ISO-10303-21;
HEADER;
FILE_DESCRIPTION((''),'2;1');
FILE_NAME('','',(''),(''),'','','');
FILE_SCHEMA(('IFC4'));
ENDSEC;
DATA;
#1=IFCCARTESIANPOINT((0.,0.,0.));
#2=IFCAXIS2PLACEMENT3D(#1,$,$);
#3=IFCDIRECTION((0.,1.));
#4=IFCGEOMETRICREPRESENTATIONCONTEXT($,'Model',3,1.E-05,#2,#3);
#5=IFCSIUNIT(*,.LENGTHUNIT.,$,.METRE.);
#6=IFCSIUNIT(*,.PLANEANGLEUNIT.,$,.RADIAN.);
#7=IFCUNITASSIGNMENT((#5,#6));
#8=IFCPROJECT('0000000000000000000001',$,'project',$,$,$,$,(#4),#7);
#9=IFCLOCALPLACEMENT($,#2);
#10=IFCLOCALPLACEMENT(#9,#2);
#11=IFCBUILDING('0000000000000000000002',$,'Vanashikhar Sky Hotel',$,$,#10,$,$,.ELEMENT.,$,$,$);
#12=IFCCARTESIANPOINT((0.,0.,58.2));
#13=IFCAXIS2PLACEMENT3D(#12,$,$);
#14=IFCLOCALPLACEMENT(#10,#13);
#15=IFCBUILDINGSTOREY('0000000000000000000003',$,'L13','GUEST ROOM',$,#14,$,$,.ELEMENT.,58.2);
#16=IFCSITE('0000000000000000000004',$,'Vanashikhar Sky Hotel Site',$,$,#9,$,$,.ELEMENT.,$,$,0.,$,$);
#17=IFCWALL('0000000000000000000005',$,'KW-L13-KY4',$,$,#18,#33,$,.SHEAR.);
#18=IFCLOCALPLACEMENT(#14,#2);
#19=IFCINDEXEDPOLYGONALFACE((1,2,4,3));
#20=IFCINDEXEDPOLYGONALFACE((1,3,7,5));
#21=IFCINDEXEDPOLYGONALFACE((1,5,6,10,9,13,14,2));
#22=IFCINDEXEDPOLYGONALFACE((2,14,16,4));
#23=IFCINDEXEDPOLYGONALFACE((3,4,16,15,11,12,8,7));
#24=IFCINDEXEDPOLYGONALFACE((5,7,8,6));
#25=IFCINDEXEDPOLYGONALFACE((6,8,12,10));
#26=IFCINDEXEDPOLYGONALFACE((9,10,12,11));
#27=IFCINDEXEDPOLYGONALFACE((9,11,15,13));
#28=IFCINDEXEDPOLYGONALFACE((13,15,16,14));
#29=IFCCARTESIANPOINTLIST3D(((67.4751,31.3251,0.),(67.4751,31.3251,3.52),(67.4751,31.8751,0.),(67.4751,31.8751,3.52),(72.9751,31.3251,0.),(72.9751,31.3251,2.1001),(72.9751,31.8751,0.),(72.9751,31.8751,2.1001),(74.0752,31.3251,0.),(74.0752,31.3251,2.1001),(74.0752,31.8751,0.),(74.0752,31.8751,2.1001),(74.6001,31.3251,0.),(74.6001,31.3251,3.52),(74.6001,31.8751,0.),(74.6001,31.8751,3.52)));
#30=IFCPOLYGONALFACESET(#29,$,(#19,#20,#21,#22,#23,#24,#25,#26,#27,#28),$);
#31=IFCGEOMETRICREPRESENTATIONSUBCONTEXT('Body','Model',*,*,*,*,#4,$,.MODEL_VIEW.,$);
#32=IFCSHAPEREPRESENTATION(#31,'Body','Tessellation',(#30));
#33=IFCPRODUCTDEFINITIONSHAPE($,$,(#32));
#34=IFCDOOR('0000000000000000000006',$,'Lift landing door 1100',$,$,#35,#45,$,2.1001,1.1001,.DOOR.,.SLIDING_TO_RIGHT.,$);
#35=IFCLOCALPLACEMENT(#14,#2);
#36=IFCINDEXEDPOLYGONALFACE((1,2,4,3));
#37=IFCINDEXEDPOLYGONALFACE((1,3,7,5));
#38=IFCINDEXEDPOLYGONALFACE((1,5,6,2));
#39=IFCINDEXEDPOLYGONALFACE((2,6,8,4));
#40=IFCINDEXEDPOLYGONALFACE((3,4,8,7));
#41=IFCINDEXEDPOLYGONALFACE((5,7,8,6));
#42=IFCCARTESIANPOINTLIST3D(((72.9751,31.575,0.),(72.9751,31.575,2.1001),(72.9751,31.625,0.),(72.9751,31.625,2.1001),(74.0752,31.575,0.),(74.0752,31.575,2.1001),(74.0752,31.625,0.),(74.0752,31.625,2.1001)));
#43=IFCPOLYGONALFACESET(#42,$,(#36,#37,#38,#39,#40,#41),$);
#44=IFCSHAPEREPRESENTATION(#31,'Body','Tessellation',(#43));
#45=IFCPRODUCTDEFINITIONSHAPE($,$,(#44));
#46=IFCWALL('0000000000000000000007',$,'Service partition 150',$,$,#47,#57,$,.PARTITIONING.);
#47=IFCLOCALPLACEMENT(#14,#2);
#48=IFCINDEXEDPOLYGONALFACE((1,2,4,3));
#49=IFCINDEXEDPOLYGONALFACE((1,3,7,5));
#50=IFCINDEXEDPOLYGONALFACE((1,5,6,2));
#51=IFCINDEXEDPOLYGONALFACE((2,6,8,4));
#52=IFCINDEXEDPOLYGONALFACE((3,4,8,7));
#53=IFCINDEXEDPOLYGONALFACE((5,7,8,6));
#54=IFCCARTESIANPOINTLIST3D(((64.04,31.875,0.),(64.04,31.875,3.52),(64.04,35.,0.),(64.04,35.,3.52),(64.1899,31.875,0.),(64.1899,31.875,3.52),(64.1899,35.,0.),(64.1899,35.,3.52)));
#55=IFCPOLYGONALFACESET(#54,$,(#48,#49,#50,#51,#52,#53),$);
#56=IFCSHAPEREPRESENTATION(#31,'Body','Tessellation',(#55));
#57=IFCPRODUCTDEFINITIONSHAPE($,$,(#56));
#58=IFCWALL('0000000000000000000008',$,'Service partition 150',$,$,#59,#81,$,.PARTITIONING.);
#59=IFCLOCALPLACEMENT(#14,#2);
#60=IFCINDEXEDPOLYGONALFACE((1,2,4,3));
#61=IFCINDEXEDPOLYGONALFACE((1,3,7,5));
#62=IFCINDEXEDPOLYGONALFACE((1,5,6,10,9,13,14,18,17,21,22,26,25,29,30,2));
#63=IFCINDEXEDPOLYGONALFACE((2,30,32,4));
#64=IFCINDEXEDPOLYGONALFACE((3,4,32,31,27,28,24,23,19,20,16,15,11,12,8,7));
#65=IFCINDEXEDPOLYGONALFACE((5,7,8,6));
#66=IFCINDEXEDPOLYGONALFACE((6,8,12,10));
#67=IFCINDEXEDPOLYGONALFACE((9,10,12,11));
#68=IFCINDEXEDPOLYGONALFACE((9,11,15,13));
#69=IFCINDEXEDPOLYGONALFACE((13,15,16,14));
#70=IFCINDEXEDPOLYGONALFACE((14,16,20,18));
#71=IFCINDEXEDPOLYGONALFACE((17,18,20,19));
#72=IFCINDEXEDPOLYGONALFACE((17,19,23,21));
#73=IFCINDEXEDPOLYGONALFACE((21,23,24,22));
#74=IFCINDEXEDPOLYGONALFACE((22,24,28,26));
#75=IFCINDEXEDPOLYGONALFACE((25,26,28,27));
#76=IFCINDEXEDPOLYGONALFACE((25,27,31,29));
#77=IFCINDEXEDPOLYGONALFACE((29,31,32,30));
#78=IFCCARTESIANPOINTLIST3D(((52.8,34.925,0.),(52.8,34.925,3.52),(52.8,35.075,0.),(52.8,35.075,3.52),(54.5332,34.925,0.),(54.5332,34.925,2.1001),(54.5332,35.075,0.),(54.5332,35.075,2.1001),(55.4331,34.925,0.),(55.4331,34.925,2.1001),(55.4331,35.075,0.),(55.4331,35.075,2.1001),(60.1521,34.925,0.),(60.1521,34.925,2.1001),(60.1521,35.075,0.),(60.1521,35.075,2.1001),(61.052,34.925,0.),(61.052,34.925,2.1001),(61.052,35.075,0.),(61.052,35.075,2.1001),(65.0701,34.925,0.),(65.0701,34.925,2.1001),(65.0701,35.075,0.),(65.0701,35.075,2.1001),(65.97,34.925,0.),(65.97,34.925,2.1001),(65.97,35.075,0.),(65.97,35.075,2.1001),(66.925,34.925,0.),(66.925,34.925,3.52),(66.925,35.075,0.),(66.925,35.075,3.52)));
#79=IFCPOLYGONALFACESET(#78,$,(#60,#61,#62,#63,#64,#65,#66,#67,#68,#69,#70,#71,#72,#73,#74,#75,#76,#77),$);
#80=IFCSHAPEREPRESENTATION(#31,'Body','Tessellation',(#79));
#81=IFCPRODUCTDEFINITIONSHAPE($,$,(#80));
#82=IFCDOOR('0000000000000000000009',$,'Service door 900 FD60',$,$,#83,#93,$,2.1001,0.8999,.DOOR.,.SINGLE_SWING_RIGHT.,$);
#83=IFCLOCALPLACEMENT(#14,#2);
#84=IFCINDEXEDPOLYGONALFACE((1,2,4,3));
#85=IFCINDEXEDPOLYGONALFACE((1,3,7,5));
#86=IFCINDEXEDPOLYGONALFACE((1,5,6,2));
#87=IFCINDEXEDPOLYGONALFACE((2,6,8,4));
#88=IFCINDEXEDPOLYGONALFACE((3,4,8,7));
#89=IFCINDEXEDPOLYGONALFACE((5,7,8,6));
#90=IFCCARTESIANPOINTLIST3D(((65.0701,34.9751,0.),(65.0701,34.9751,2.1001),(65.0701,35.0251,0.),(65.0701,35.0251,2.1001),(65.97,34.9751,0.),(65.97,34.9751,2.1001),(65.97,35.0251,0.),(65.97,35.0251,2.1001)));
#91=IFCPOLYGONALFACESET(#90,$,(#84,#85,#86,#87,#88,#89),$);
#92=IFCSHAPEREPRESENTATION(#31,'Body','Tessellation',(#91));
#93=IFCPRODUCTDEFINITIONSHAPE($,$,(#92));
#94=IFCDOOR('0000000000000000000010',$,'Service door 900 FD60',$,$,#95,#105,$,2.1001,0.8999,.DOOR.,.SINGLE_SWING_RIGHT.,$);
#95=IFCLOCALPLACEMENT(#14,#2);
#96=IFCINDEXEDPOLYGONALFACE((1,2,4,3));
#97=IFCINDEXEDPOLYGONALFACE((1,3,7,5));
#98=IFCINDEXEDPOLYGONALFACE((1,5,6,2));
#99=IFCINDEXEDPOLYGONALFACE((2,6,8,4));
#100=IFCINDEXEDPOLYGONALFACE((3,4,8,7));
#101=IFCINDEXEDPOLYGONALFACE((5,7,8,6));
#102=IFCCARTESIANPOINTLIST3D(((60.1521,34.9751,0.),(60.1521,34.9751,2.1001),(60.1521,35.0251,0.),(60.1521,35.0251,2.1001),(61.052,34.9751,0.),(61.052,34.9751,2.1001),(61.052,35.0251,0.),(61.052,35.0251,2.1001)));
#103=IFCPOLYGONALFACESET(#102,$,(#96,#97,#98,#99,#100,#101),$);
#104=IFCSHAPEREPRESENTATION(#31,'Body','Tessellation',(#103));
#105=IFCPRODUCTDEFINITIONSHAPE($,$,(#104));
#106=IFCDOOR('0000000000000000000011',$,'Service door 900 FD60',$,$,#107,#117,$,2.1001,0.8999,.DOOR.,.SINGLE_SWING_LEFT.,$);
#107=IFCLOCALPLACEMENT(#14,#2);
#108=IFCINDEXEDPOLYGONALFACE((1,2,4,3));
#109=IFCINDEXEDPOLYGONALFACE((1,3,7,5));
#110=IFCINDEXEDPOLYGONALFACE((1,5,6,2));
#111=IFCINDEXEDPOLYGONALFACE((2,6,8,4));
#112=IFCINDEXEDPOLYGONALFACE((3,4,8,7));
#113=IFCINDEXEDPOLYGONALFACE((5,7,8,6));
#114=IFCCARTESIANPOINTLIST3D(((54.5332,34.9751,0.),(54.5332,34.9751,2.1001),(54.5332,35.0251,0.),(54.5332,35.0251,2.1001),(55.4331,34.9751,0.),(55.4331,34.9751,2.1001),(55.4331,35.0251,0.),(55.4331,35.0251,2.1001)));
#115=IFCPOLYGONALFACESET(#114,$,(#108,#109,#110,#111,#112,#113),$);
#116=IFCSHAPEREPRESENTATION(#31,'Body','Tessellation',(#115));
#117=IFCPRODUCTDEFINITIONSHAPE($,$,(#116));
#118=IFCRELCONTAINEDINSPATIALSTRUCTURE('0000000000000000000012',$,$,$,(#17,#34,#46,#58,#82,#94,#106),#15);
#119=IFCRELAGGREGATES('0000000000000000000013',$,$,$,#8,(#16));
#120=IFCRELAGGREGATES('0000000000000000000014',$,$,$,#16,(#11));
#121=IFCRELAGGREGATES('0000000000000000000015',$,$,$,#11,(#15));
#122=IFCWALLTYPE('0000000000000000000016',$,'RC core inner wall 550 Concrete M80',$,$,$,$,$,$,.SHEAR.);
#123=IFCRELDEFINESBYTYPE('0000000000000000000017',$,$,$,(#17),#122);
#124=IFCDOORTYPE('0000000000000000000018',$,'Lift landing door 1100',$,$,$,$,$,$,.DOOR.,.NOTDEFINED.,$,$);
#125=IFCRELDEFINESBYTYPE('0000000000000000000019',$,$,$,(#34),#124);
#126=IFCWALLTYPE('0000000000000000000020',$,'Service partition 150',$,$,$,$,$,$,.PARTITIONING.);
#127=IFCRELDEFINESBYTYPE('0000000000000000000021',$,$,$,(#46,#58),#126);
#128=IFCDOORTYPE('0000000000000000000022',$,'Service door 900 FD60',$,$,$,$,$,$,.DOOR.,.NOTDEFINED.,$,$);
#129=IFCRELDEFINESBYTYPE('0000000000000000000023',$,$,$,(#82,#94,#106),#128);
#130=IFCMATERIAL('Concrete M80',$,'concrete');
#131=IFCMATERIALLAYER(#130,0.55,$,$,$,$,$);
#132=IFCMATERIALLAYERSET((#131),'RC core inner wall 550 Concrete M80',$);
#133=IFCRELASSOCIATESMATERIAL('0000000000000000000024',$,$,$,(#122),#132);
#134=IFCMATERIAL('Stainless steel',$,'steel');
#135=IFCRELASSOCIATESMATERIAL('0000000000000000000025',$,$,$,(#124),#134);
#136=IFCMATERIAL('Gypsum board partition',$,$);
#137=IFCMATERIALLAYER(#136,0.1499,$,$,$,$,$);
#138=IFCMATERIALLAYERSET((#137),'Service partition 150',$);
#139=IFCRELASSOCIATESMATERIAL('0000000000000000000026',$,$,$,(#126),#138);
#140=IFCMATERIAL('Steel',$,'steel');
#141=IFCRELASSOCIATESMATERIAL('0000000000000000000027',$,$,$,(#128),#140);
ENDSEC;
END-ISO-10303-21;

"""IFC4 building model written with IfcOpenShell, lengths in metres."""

from ifc_helpers import new_model, si_unit, direction, frame, frame_2d, origin, place, context, subcontext, project, spatial, rectangle, extrude, source, transform, mapped, material, layer, layer_set, type_object, element, fill, save


model = new_model("IFC4")

# Units and contexts
model_context = context("Model", 3, precision=1e-05, world=origin(), true_north=direction((0.0, 1.0)))
body_context = subcontext(model_context, "Body", "Model", "MODEL_VIEW")
ifc_project = project(units=[si_unit("LENGTHUNIT", "METRE"), si_unit("PLANEANGLEUNIT", "RADIAN")], contexts=[model_context])

# Site, building, storey
site_placement = place(None, origin())
site = spatial("IfcSite", under=ifc_project, at=site_placement, Name="Vanashikhar Sky Hotel Site", CompositionType="ELEMENT", RefElevation=0.0)
building_placement = place(site_placement, origin())
building = spatial("IfcBuilding", under=site, at=building_placement, Name="Vanashikhar Sky Hotel", CompositionType="ELEMENT")
storey_placement = place(building_placement, frame((0.0, 0.0, 58.2)))
storey = spatial("IfcBuildingStorey", under=building, at=storey_placement, Name="L13", Description="GUEST ROOM", CompositionType="ELEMENT", Elevation=58.2)

# Wall, opening, door
ifc_material_1 = material(Name="Concrete M80", Category="concrete")
ifc_layer_1 = layer(ifc_material_1, 0.55)
ifc_layer_set_1 = layer_set([ifc_layer_1], Name="RC core inner wall 550 Concrete M80")
wall_type_1 = type_object("IfcWallType", Name="RC core inner wall 550 Concrete M80", PredefinedType="SHEAR", material=ifc_layer_set_1)
shared_shape_1 = source(origin(), body_context, "Body", "SweptSolid", [
    extrude(rectangle(XDim=7.125, YDim=0.55, at=frame_2d((3.5625, 0.0))), origin(), (0.0, 0.0, 1.0), 3.52),
])
wall_1_placement = place(storey_placement, frame((67.4751, 31.6001, 0.0), z_axis=(0.0, 0.0, 1.0), x_axis=(1.0, 0.0, 0.0)))
wall_1 = element("IfcWall", 1, at=wall_1_placement, inside=storey, type_object=wall_type_1, Name="KW-L13-KY4", PredefinedType="SHEAR", context=body_context, shape_type="MappedRepresentation", body=[
    mapped(shared_shape_1, transform((0.0, 0.0, 0.0), scale=1.0)),
])
shared_shape_2 = source(origin(), body_context, "Body", "SweptSolid", [
    extrude(rectangle(XDim=1.1001, YDim=2.1001, at=frame_2d((0.55, 1.05))), frame((0.0, 0.2852, 0.0), z_axis=(0.0, -1.0, 0.0), x_axis=(1.0, 0.0, 0.0)), (0.0, 0.0, 1.0), 0.5701),
])
opening_1_placement = place(wall_1_placement, frame((5.5, 0.0, 0.0)))
opening_1 = element("IfcOpeningElement", 2, at=opening_1_placement, cuts=wall_1, PredefinedType="OPENING", context=body_context, shape_type="MappedRepresentation", body=[
    mapped(shared_shape_2, transform((0.0, 0.0, 0.0), scale=1.0)),
])
ifc_material_2 = material(Name="Stainless steel", Category="steel")
door_type_1 = type_object("IfcDoorType", Name="Lift landing door 1100", OperationType="NOTDEFINED", PredefinedType="DOOR", material=ifc_material_2)
shared_shape_3 = source(origin(), body_context, "Body", "SweptSolid", [
    extrude(rectangle(XDim=1.1001, YDim=2.1001, at=frame_2d((0.55, 1.05))), frame((0.0, 0.0249, 0.0), z_axis=(0.0, -1.0, 0.0), x_axis=(1.0, 0.0, 0.0)), (0.0, 0.0, 1.0), 0.05),
])
door_1_placement = place(opening_1_placement, origin())
door_1 = element("IfcDoor", 3, at=door_1_placement, inside=storey, type_object=door_type_1, Name="Lift landing door 1100", OperationType="SLIDING_TO_RIGHT", OverallHeight=2.1001, OverallWidth=1.1001, PredefinedType="DOOR", context=body_context, shape_type="MappedRepresentation", body=[
    mapped(shared_shape_3, transform((0.0, 0.0, 0.0), scale=1.0)),
])
fill(opening_1, door_1)

# Wall
ifc_material_3 = material(Name="Gypsum board partition")
ifc_layer_2 = layer(ifc_material_3, 0.1499)
ifc_layer_set_2 = layer_set([ifc_layer_2], Name="Service partition 150")
wall_type_2 = type_object("IfcWallType", Name="Service partition 150", PredefinedType="PARTITIONING", material=ifc_layer_set_2)
shared_shape_4 = source(origin(), body_context, "Body", "SweptSolid", [
    extrude(rectangle(XDim=3.125, YDim=0.1499, at=frame_2d((1.5625, 0.0))), origin(), (0.0, 0.0, 1.0), 3.52),
])
wall_2_placement = place(storey_placement, frame((64.115, 31.875, 0.0), z_axis=(0.0, 0.0, 1.0), x_axis=(0.0, 1.0, 0.0)))
element("IfcWall", 4, at=wall_2_placement, inside=storey, type_object=wall_type_2, Name="Service partition 150", PredefinedType="PARTITIONING", context=body_context, shape_type="MappedRepresentation", body=[
    mapped(shared_shape_4, transform((0.0, 0.0, 0.0), scale=1.0)),
])

# Wall, openings, doors
shared_shape_5 = source(origin(), body_context, "Body", "SweptSolid", [
    extrude(rectangle(XDim=14.125, YDim=0.1499, at=frame_2d((7.0625, 0.0))), origin(), (0.0, 0.0, 1.0), 3.52),
])
wall_3_placement = place(storey_placement, frame((66.925, 35.0, 0.0), z_axis=(0.0, 0.0, 1.0), x_axis=(-1.0, 0.0, 0.0)))
wall_3 = element("IfcWall", 5, at=wall_3_placement, inside=storey, type_object=wall_type_2, Name="Service partition 150", PredefinedType="PARTITIONING", context=body_context, shape_type="MappedRepresentation", body=[
    mapped(shared_shape_5, transform((0.0, 0.0, 0.0), scale=1.0)),
])
shared_shape_6 = source(origin(), body_context, "Body", "SweptSolid", [
    extrude(rectangle(XDim=0.8999, YDim=2.1001, at=frame_2d((0.45, 1.05))), frame((0.0, 0.085, 0.0), z_axis=(0.0, -1.0, 0.0), x_axis=(1.0, 0.0, 0.0)), (0.0, 0.0, 1.0), 0.1699),
])
opening_2_placement = place(wall_3_placement, frame((0.9551, 0.0, 0.0)))
opening_2 = element("IfcOpeningElement", 6, at=opening_2_placement, cuts=wall_3, PredefinedType="OPENING", context=body_context, shape_type="MappedRepresentation", body=[
    mapped(shared_shape_6, transform((0.0, 0.0, 0.0), scale=1.0)),
])
opening_3_placement = place(wall_3_placement, frame((5.873, 0.0, 0.0)))
opening_3 = element("IfcOpeningElement", 7, at=opening_3_placement, cuts=wall_3, PredefinedType="OPENING", context=body_context, shape_type="MappedRepresentation", body=[
    mapped(shared_shape_6, transform((0.0, 0.0, 0.0), scale=1.0)),
])
opening_4_placement = place(wall_3_placement, frame((11.4919, 0.0, 0.0)))
opening_4 = element("IfcOpeningElement", 8, at=opening_4_placement, cuts=wall_3, PredefinedType="OPENING", context=body_context, shape_type="MappedRepresentation", body=[
    mapped(shared_shape_6, transform((0.0, 0.0, 0.0), scale=1.0)),
])
ifc_material_4 = material(Name="Steel", Category="steel")
door_type_2 = type_object("IfcDoorType", Name="Service door 900 FD60", OperationType="NOTDEFINED", PredefinedType="DOOR", material=ifc_material_4)
shared_shape_7 = source(origin(), body_context, "Body", "SweptSolid", [
    extrude(rectangle(XDim=0.8999, YDim=2.1001, at=frame_2d((0.45, 1.05))), frame((0.0, 0.0249, 0.0), z_axis=(0.0, -1.0, 0.0), x_axis=(1.0, 0.0, 0.0)), (0.0, 0.0, 1.0), 0.05),
])
door_2_placement = place(opening_2_placement, origin())
door_2 = element("IfcDoor", 9, at=door_2_placement, inside=storey, type_object=door_type_2, Name="Service door 900 FD60", OperationType="SINGLE_SWING_RIGHT", OverallHeight=2.1001, OverallWidth=0.8999, PredefinedType="DOOR", context=body_context, shape_type="MappedRepresentation", body=[
    mapped(shared_shape_7, transform((0.0, 0.0, 0.0), scale=1.0)),
])
fill(opening_2, door_2)
door_3_placement = place(opening_3_placement, origin())
door_3 = element("IfcDoor", 10, at=door_3_placement, inside=storey, type_object=door_type_2, Name="Service door 900 FD60", OperationType="SINGLE_SWING_RIGHT", OverallHeight=2.1001, OverallWidth=0.8999, PredefinedType="DOOR", context=body_context, shape_type="MappedRepresentation", body=[
    mapped(shared_shape_7, transform((0.0, 0.0, 0.0), scale=1.0)),
])
fill(opening_3, door_3)
door_4_placement = place(opening_4_placement, origin())
door_4 = element("IfcDoor", 11, at=door_4_placement, inside=storey, type_object=door_type_2, Name="Service door 900 FD60", OperationType="SINGLE_SWING_LEFT", OverallHeight=2.1001, OverallWidth=0.8999, PredefinedType="DOOR", context=body_context, shape_type="MappedRepresentation", body=[
    mapped(shared_shape_7, transform((0.0, 0.0, 0.0), scale=1.0)),
])
fill(opening_4, door_4)

save(model, "model.ifc")
